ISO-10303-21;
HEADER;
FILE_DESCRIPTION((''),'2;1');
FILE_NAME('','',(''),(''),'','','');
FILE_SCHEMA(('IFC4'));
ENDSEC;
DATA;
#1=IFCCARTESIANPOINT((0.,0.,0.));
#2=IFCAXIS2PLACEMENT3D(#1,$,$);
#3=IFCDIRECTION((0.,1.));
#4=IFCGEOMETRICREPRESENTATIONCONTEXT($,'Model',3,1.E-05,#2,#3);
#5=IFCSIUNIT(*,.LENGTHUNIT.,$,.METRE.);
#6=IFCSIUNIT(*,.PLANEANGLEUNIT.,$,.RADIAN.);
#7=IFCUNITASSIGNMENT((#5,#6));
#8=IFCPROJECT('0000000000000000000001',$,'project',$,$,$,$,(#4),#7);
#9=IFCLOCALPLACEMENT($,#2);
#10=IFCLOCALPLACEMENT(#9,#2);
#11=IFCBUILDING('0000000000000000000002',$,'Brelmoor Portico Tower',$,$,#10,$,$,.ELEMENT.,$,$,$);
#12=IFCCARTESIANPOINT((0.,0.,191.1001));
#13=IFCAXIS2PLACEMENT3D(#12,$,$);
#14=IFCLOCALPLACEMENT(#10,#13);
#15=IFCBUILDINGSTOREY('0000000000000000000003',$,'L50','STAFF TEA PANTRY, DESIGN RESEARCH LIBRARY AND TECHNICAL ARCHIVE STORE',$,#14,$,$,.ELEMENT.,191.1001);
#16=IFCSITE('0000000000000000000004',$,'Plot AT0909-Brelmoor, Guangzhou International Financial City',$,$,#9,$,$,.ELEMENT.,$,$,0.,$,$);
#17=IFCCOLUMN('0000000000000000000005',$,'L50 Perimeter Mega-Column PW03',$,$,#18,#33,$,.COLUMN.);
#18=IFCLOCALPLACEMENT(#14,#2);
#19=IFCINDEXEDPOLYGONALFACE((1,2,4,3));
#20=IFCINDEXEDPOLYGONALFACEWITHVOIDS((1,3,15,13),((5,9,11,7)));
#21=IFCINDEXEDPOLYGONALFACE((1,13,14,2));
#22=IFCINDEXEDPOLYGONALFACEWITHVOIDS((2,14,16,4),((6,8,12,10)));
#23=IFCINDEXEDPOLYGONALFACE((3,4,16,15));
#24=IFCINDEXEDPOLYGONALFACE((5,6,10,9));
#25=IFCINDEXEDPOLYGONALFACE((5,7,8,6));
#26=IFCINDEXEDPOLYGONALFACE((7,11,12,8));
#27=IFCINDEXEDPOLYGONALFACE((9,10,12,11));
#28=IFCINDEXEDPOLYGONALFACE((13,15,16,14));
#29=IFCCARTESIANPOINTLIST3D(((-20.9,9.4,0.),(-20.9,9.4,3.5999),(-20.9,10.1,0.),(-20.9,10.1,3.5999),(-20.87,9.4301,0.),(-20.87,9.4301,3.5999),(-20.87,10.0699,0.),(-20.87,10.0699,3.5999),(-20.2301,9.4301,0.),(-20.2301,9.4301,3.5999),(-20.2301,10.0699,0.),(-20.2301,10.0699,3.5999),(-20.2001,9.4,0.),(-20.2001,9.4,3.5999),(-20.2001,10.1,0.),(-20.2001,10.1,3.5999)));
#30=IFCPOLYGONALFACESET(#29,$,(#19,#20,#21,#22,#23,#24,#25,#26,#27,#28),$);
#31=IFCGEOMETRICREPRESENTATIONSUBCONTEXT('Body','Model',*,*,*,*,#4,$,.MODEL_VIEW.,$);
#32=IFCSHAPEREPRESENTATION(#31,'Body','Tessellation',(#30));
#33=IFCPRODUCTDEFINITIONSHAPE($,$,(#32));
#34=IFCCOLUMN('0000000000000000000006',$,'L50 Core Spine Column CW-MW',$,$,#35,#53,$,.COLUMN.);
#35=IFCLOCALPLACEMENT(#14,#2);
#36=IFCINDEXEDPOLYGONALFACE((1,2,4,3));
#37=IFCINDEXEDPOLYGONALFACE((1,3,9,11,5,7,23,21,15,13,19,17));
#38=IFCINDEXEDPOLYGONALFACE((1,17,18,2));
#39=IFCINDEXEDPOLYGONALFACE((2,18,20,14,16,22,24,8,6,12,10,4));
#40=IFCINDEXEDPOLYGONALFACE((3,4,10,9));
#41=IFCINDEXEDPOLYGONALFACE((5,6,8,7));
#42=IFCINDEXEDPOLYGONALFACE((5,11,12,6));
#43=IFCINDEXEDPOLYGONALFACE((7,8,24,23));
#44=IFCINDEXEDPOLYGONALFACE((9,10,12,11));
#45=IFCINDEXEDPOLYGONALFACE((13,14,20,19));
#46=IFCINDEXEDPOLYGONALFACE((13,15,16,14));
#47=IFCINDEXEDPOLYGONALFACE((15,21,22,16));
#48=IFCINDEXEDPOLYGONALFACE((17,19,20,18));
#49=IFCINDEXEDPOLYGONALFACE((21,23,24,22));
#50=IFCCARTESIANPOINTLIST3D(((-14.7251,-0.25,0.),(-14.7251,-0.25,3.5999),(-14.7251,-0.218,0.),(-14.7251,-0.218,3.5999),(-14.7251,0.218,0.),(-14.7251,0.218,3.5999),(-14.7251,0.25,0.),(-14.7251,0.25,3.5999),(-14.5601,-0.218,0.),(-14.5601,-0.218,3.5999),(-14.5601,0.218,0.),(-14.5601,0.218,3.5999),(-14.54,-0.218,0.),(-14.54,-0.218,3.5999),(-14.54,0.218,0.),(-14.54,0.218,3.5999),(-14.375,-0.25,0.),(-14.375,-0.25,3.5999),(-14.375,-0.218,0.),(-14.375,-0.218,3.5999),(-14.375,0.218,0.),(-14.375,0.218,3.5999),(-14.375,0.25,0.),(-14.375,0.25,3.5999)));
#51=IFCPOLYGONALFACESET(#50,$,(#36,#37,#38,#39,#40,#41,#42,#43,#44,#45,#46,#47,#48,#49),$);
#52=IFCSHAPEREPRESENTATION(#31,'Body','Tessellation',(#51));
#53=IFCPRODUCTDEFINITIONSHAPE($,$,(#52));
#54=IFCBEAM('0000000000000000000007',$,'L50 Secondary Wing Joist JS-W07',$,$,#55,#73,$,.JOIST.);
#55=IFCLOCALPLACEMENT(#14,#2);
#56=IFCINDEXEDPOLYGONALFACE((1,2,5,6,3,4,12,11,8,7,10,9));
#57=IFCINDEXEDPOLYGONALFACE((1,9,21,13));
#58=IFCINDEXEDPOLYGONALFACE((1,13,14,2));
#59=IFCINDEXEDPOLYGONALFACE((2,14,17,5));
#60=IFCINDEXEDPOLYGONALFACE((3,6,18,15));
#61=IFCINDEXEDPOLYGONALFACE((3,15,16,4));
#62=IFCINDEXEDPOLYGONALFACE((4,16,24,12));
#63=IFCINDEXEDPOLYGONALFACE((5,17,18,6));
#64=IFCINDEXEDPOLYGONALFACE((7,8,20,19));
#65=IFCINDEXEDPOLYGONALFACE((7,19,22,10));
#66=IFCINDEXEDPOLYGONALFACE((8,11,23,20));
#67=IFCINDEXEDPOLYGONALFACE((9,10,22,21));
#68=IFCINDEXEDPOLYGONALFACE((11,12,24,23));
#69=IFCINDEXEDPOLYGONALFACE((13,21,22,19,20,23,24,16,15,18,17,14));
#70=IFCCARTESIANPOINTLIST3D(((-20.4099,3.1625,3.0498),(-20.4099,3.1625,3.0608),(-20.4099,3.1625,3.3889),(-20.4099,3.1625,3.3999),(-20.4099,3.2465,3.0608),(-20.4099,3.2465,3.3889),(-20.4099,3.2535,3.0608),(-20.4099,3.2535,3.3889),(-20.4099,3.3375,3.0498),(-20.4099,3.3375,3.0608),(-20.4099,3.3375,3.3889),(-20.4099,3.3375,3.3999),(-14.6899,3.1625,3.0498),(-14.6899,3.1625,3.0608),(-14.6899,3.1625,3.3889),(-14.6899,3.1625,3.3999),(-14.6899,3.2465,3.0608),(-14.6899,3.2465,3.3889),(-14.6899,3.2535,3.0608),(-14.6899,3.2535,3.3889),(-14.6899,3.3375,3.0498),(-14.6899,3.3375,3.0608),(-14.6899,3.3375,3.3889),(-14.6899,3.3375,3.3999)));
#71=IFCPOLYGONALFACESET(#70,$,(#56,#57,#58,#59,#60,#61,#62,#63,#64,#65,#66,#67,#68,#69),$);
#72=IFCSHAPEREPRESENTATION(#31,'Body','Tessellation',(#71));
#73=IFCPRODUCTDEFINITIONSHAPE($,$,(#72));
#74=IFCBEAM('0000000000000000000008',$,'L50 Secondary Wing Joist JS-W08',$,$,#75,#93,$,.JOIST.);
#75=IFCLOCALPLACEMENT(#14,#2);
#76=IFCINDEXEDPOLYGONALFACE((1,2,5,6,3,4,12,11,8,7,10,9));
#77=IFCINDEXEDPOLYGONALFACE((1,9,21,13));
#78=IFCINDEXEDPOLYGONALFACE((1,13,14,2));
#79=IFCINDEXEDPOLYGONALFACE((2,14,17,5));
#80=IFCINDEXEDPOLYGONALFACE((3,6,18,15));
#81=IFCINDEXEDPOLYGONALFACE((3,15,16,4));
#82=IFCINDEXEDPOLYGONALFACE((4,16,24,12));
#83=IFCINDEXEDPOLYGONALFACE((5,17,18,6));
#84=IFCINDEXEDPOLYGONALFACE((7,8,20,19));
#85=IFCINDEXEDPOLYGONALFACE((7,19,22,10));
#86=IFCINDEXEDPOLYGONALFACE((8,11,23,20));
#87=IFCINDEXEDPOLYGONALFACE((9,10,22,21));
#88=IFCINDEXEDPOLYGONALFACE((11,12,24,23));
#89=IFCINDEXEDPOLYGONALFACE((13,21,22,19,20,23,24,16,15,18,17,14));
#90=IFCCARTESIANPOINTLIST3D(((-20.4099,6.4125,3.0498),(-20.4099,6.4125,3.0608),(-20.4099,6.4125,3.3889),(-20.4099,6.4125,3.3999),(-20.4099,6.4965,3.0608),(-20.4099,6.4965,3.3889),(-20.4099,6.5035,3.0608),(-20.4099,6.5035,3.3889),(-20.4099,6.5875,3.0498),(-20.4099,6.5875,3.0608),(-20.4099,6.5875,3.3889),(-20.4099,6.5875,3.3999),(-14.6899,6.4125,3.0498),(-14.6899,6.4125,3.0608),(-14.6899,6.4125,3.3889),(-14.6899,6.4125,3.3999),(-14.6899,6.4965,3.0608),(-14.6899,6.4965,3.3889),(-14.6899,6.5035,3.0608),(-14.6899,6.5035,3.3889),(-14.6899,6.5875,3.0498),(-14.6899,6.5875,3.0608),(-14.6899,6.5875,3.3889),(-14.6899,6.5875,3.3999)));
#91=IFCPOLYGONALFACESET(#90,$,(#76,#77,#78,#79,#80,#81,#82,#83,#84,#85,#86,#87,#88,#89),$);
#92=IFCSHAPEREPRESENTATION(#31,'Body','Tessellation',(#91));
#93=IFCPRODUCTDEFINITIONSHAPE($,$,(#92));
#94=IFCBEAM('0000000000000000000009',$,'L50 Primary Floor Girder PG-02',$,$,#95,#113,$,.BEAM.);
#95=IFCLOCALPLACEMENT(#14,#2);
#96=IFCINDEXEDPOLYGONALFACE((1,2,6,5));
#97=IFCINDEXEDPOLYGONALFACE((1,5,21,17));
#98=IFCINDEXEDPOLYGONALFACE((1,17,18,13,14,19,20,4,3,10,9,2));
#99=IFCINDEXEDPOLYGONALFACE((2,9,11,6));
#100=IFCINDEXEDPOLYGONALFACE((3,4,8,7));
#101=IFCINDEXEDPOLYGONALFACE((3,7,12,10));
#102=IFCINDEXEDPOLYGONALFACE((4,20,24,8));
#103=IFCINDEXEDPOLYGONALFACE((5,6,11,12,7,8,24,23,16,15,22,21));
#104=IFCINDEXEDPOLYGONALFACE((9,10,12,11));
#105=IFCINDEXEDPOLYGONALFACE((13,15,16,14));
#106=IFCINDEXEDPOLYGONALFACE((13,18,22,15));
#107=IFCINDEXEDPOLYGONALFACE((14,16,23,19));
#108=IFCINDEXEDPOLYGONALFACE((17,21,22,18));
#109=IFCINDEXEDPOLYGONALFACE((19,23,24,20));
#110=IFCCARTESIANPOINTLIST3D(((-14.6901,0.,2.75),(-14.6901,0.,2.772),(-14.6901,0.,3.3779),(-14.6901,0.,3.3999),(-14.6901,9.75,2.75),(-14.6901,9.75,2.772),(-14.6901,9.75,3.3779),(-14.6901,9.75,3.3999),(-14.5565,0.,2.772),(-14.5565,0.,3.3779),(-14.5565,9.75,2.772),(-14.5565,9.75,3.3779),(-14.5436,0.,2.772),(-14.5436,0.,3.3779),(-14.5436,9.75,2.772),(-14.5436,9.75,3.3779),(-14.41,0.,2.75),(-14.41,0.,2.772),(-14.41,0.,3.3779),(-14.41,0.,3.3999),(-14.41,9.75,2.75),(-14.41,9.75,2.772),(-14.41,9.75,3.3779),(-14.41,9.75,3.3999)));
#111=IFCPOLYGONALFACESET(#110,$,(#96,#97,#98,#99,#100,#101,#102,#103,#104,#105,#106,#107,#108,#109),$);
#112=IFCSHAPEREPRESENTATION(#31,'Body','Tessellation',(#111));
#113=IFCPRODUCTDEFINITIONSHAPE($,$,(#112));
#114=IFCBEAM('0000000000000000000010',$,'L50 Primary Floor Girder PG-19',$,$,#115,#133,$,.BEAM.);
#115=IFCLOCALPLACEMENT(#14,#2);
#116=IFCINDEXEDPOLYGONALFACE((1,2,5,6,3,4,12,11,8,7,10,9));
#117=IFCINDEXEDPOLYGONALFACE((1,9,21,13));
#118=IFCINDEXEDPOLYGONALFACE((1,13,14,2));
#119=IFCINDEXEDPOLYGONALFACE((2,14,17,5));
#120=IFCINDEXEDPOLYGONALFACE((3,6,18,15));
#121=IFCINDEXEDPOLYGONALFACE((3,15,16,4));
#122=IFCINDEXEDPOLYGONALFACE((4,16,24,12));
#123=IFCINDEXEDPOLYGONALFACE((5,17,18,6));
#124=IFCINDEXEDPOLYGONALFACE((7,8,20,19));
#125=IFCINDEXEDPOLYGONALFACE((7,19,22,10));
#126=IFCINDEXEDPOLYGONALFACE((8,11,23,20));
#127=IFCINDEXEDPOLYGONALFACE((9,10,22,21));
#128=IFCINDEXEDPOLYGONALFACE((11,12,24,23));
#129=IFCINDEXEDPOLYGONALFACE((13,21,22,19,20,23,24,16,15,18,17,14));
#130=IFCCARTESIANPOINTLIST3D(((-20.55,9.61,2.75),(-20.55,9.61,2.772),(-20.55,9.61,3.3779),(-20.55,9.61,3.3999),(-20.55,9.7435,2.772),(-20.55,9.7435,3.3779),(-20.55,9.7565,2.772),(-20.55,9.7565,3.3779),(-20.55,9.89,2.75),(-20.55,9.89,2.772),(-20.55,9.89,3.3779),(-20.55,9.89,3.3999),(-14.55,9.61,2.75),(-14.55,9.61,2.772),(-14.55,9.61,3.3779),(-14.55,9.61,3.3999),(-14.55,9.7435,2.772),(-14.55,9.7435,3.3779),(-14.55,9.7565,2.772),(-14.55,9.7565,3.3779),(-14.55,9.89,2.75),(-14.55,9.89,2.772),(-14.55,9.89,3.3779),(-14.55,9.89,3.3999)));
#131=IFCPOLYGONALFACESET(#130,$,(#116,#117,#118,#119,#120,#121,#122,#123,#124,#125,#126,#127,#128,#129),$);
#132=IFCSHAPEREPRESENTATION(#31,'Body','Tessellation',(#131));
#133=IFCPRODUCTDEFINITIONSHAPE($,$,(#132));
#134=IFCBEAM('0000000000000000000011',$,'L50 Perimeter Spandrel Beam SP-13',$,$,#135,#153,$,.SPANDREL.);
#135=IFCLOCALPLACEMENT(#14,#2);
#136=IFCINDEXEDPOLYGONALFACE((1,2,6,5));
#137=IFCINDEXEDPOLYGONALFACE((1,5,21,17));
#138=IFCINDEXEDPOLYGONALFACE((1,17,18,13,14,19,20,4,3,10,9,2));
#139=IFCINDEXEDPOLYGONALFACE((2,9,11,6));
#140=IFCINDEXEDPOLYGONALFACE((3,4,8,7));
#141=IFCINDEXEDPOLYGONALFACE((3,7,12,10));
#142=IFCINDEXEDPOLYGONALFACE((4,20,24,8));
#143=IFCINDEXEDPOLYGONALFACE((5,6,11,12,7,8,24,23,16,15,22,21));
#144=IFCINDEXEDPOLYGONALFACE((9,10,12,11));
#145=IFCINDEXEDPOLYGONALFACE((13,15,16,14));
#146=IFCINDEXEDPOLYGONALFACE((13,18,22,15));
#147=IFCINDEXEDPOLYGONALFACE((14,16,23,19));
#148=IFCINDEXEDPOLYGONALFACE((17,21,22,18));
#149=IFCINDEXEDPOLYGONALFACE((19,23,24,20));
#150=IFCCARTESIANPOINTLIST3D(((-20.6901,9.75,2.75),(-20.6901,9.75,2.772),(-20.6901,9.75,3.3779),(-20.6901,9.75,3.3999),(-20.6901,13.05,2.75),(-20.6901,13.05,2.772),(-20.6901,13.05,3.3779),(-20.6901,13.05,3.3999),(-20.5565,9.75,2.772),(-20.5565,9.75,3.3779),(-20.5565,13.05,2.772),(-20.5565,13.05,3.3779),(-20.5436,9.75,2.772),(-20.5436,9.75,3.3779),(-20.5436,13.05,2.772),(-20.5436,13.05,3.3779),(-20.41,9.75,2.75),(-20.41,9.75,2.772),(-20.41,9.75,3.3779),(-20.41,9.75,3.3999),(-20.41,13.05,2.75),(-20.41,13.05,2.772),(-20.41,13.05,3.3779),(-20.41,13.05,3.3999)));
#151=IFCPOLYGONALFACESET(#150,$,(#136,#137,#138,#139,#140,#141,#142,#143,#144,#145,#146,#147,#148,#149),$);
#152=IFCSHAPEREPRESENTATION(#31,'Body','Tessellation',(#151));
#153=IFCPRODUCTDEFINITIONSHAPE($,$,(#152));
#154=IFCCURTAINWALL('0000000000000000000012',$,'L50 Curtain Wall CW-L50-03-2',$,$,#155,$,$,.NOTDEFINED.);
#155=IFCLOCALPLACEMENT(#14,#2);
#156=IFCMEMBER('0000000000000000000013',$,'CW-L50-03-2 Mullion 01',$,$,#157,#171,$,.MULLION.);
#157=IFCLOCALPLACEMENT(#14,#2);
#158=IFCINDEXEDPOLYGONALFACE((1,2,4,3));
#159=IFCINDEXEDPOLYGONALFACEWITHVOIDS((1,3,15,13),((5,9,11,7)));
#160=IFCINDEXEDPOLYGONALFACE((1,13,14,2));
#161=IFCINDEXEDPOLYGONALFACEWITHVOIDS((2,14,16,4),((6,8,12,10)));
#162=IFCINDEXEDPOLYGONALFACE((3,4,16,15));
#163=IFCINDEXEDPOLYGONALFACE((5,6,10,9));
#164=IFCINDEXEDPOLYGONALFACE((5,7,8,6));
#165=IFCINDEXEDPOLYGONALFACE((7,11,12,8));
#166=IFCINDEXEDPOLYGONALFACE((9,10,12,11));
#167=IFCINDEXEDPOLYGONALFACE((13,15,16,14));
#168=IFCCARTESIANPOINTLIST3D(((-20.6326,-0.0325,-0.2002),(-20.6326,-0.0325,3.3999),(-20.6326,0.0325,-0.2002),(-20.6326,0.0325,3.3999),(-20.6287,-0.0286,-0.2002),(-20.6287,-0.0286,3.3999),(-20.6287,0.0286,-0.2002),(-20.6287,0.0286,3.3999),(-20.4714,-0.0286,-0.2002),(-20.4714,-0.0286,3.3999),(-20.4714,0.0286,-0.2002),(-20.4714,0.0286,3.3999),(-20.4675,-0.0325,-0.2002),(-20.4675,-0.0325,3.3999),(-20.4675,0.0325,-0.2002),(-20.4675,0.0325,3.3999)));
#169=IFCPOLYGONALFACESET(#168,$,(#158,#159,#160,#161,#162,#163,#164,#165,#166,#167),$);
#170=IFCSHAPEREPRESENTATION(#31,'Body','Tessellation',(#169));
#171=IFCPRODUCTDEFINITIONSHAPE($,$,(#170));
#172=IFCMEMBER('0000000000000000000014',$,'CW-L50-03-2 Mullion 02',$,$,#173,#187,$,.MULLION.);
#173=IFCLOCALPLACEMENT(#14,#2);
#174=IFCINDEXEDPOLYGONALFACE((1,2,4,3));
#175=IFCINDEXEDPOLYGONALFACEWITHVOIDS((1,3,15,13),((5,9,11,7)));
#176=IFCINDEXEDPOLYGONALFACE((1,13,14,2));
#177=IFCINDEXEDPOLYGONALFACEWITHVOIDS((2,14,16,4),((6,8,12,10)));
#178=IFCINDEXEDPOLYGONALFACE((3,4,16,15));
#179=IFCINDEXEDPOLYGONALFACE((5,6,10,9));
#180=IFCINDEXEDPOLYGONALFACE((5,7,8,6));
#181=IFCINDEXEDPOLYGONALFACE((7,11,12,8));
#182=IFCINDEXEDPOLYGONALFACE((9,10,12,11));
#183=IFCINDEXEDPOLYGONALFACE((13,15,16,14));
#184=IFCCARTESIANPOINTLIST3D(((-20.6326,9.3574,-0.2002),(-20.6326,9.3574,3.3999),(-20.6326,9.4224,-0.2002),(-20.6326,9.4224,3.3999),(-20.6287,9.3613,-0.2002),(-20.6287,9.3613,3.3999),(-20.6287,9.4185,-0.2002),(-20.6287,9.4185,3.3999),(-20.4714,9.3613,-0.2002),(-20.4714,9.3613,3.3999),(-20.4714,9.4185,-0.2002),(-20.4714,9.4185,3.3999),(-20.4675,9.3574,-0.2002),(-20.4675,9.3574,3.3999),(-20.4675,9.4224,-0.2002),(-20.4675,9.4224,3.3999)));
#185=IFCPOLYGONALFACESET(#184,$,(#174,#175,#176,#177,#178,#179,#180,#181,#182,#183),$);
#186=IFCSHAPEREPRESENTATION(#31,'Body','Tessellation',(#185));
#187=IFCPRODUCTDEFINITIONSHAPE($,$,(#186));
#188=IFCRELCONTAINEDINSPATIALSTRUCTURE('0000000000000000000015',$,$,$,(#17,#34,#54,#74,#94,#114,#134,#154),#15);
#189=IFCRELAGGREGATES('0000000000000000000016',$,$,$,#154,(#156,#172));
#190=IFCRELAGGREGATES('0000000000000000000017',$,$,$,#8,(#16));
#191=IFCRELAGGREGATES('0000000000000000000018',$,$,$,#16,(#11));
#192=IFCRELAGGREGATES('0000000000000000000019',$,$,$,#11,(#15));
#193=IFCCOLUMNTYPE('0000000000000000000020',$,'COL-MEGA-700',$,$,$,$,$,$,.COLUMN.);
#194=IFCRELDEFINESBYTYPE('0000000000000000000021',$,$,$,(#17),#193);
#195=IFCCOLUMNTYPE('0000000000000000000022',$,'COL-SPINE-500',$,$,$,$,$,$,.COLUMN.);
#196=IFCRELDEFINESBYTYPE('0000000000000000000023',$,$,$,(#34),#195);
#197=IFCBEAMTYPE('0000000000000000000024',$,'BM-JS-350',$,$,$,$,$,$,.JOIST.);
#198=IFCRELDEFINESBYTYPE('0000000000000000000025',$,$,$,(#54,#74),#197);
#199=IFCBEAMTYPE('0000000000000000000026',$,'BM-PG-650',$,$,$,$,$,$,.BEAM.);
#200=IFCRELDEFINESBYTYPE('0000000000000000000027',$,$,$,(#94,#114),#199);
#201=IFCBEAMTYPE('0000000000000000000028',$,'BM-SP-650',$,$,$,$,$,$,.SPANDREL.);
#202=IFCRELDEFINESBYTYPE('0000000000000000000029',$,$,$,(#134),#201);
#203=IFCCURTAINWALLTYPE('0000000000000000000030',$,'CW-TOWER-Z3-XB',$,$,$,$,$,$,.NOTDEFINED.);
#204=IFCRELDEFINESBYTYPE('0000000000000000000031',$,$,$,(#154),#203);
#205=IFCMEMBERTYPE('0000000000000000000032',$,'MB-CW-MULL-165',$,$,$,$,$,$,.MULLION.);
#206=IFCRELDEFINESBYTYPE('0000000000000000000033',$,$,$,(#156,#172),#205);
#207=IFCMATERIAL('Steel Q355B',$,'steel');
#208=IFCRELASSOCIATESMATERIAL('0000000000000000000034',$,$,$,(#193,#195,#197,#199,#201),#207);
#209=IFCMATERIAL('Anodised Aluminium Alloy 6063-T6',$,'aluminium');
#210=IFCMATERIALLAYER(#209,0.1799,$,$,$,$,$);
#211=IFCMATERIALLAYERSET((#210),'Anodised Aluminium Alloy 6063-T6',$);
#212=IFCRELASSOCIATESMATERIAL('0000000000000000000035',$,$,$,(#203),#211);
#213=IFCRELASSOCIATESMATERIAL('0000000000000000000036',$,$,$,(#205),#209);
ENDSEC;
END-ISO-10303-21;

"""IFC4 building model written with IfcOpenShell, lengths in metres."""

from ifc_helpers import new_model, si_unit, direction, frame, origin, origin_2d, place, context, subcontext, project, spatial, hollow_rectangle, i_section, extrude, material, layer, layer_set, material_profile, profile_set, type_object, element, aggregate, save


model = new_model("IFC4")

# Units and contexts
model_context = context("Model", 3, precision=1e-05, world=origin(), true_north=direction((0.0, 1.0)))
body_context = subcontext(model_context, "Body", "Model", "MODEL_VIEW")
ifc_project = project(units=[si_unit("LENGTHUNIT", "METRE"), si_unit("PLANEANGLEUNIT", "RADIAN")], contexts=[model_context])

# Site, building, storey
site_placement = place(None, origin())
site = spatial("IfcSite", under=ifc_project, at=site_placement, Name="Plot AT0909-Brelmoor, Guangzhou International Financial City", CompositionType="ELEMENT", RefElevation=0.0)
building_placement = place(site_placement, origin())
building = spatial("IfcBuilding", under=site, at=building_placement, Name="Brelmoor Portico Tower", CompositionType="ELEMENT")
storey_placement = place(building_placement, frame((0.0, 0.0, 191.1001)))
storey = spatial("IfcBuildingStorey", under=building, at=storey_placement, Name="L50", Description="STAFF TEA PANTRY, DESIGN RESEARCH LIBRARY AND TECHNICAL ARCHIVE STORE", CompositionType="ELEMENT", Elevation=191.1001)

# Columns
ifc_material_1 = material(Name="Steel Q355B", Category="steel")
ifc_material_profile_1 = material_profile(ifc_material_1, hollow_rectangle(XDim=0.7, YDim=0.7, WallThickness=0.03, at=origin_2d()), Name="BOX 700x700x30")
ifc_profile_set_1 = profile_set([ifc_material_profile_1], Name="Steel Q355B")
column_type_1 = type_object("IfcColumnType", Name="COL-MEGA-700", PredefinedType="COLUMN", material=ifc_profile_set_1)
column_1_placement = place(storey_placement, frame((-20.55, 9.75, 0.0), z_axis=(0.0, 0.0, 1.0), x_axis=(0.0, 1.0, 0.0)))
element("IfcColumn", 1, at=column_1_placement, inside=storey, type_object=column_type_1, Name="L50 Perimeter Mega-Column PW03", PredefinedType="COLUMN", context=body_context, shape_type="SweptSolid", body=[
    extrude(hollow_rectangle(XDim=0.7, YDim=0.7, WallThickness=0.03, at=origin_2d()), origin(), (0.0, 0.0, 1.0), 3.5999),
])
ifc_material_profile_2 = material_profile(ifc_material_1, i_section(OverallWidth=0.3501, OverallDepth=0.5, WebThickness=0.02, FlangeThickness=0.032, at=origin_2d()), Name="HW 500x350x20x32")
ifc_profile_set_2 = profile_set([ifc_material_profile_2], Name="Steel Q355B")
column_type_2 = type_object("IfcColumnType", Name="COL-SPINE-500", PredefinedType="COLUMN", material=ifc_profile_set_2)
column_2_placement = place(storey_placement, frame((-14.55, 0.0, 0.0), z_axis=(0.0, 0.0, 1.0), x_axis=(1.0, 0.0, 0.0)))
element("IfcColumn", 2, at=column_2_placement, inside=storey, type_object=column_type_2, Name="L50 Core Spine Column CW-MW", PredefinedType="COLUMN", context=body_context, shape_type="SweptSolid", body=[
    extrude(i_section(OverallWidth=0.3501, OverallDepth=0.5, WebThickness=0.02, FlangeThickness=0.032, at=origin_2d()), origin(), (0.0, 0.0, 1.0), 3.5999),
])

# Beams
ifc_material_profile_3 = material_profile(ifc_material_1, i_section(OverallWidth=0.175, OverallDepth=0.3501, WebThickness=0.0071, FlangeThickness=0.011, at=origin_2d()), Name="HN 350x175x7x11")
ifc_profile_set_3 = profile_set([ifc_material_profile_3], Name="Steel Q355B")
beam_type_1 = type_object("IfcBeamType", Name="BM-JS-350", PredefinedType="JOIST", material=ifc_profile_set_3)
for number, where, z_axis, x_axis, name in (
    (3, (-20.4099, 3.25, 3.2249), (1.0, 0.0, 0.0), (0.0, 1.0, 0.0), "L50 Secondary Wing Joist JS-W07"),
    (4, (-20.4099, 6.5, 3.2249), (1.0, 0.0, 0.0), (0.0, 1.0, 0.0), "L50 Secondary Wing Joist JS-W08"),
):
    element("IfcBeam", number, at=place(storey_placement, frame(where, z_axis=z_axis, x_axis=x_axis)), inside=storey, type_object=beam_type_1, Name=name, PredefinedType="JOIST", context=body_context, shape_type="SweptSolid", body=[
        extrude(i_section(OverallWidth=0.175, OverallDepth=0.3501, WebThickness=0.0071, FlangeThickness=0.011, at=origin_2d()), origin(), (0.0, 0.0, 1.0), 5.72),
    ])
ifc_material_profile_4 = material_profile(ifc_material_1, i_section(OverallWidth=0.28, OverallDepth=0.6499, WebThickness=0.0129, FlangeThickness=0.022, at=origin_2d()), Name="HN 650x280x13x22")
ifc_profile_set_4 = profile_set([ifc_material_profile_4], Name="Steel Q355B")
beam_type_2 = type_object("IfcBeamType", Name="BM-PG-650", PredefinedType="BEAM", material=ifc_profile_set_4)
beam_1_placement = place(storey_placement, frame((-14.55, 0.0, 3.075), z_axis=(0.0, 1.0, 0.0), x_axis=(-1.0, 0.0, 0.0)))
element("IfcBeam", 5, at=beam_1_placement, inside=storey, type_object=beam_type_2, Name="L50 Primary Floor Girder PG-02", PredefinedType="BEAM", context=body_context, shape_type="SweptSolid", body=[
    extrude(i_section(OverallWidth=0.28, OverallDepth=0.6499, WebThickness=0.0129, FlangeThickness=0.022, at=origin_2d()), origin(), (0.0, 0.0, 1.0), 9.75),
])
beam_2_placement = place(storey_placement, frame((-20.55, 9.75, 3.075), z_axis=(1.0, 0.0, 0.0), x_axis=(0.0, 1.0, 0.0)))
element("IfcBeam", 6, at=beam_2_placement, inside=storey, type_object=beam_type_2, Name="L50 Primary Floor Girder PG-19", PredefinedType="BEAM", context=body_context, shape_type="SweptSolid", body=[
    extrude(i_section(OverallWidth=0.28, OverallDepth=0.6499, WebThickness=0.0129, FlangeThickness=0.022, at=origin_2d()), origin(), (0.0, 0.0, 1.0), 6.0),
])
ifc_material_profile_5 = material_profile(ifc_material_1, i_section(OverallWidth=0.28, OverallDepth=0.6499, WebThickness=0.0129, FlangeThickness=0.022, at=origin_2d()), Name="HN 650x280x13x22")
ifc_profile_set_5 = profile_set([ifc_material_profile_5], Name="Steel Q355B")
beam_type_3 = type_object("IfcBeamType", Name="BM-SP-650", PredefinedType="SPANDREL", material=ifc_profile_set_5)
beam_3_placement = place(storey_placement, frame((-20.55, 9.75, 3.075), z_axis=(0.0, 1.0, 0.0), x_axis=(-1.0, 0.0, 0.0)))
element("IfcBeam", 7, at=beam_3_placement, inside=storey, type_object=beam_type_3, Name="L50 Perimeter Spandrel Beam SP-13", PredefinedType="SPANDREL", context=body_context, shape_type="SweptSolid", body=[
    extrude(i_section(OverallWidth=0.28, OverallDepth=0.6499, WebThickness=0.0129, FlangeThickness=0.022, at=origin_2d()), origin(), (0.0, 0.0, 1.0), 3.3),
])

# Curtain wall, members
ifc_material_2 = material(Name="Anodised Aluminium Alloy 6063-T6", Category="aluminium")
ifc_layer_1 = layer(ifc_material_2, 0.1799)
ifc_layer_set_1 = layer_set([ifc_layer_1], Name="Anodised Aluminium Alloy 6063-T6")
curtain_wall_type = type_object("IfcCurtainWallType", Name="CW-TOWER-Z3-XB", PredefinedType="NOTDEFINED", material=ifc_layer_set_1)
curtain_wall_1_placement = place(storey_placement, origin())
curtain_wall_1 = element("IfcCurtainWall", 8, at=curtain_wall_1_placement, inside=storey, type_object=curtain_wall_type, Name="L50 Curtain Wall CW-L50-03-2", PredefinedType="NOTDEFINED")
ifc_material_profile_6 = material_profile(ifc_material_2, hollow_rectangle(XDim=0.0649, YDim=0.165, WallThickness=0.0039, at=origin_2d()), Name="ALU MULLION 65x165")
ifc_profile_set_6 = profile_set([ifc_material_profile_6], Name="Anodised Aluminium Alloy 6063-T6")
member_type_1 = type_object("IfcMemberType", Name="MB-CW-MULL-165", PredefinedType="MULLION", material=ifc_profile_set_6)
member_1_placement = place(storey_placement, frame((-20.55, 0.0, -0.2002), z_axis=(0.0, 0.0, 1.0), x_axis=(0.0, 1.0, 0.0)))
member_1 = element("IfcMember", 9, at=member_1_placement, type_object=member_type_1, Name="CW-L50-03-2 Mullion 01", PredefinedType="MULLION", context=body_context, shape_type="SweptSolid", body=[
    extrude(hollow_rectangle(XDim=0.0649, YDim=0.165, WallThickness=0.0039, at=origin_2d()), origin(), (0.0, 0.0, 1.0), 3.6001),
])
member_2_placement = place(storey_placement, frame((-20.55, 9.3899, -0.2002), z_axis=(0.0, 0.0, 1.0), x_axis=(0.0, 1.0, 0.0)))
member_2 = element("IfcMember", 10, at=member_2_placement, type_object=member_type_1, Name="CW-L50-03-2 Mullion 02", PredefinedType="MULLION", context=body_context, shape_type="SweptSolid", body=[
    extrude(hollow_rectangle(XDim=0.0649, YDim=0.165, WallThickness=0.0039, at=origin_2d()), origin(), (0.0, 0.0, 1.0), 3.6001),
])

aggregate(curtain_wall_1, [member_1, member_2])

save(model, "model.ifc")
